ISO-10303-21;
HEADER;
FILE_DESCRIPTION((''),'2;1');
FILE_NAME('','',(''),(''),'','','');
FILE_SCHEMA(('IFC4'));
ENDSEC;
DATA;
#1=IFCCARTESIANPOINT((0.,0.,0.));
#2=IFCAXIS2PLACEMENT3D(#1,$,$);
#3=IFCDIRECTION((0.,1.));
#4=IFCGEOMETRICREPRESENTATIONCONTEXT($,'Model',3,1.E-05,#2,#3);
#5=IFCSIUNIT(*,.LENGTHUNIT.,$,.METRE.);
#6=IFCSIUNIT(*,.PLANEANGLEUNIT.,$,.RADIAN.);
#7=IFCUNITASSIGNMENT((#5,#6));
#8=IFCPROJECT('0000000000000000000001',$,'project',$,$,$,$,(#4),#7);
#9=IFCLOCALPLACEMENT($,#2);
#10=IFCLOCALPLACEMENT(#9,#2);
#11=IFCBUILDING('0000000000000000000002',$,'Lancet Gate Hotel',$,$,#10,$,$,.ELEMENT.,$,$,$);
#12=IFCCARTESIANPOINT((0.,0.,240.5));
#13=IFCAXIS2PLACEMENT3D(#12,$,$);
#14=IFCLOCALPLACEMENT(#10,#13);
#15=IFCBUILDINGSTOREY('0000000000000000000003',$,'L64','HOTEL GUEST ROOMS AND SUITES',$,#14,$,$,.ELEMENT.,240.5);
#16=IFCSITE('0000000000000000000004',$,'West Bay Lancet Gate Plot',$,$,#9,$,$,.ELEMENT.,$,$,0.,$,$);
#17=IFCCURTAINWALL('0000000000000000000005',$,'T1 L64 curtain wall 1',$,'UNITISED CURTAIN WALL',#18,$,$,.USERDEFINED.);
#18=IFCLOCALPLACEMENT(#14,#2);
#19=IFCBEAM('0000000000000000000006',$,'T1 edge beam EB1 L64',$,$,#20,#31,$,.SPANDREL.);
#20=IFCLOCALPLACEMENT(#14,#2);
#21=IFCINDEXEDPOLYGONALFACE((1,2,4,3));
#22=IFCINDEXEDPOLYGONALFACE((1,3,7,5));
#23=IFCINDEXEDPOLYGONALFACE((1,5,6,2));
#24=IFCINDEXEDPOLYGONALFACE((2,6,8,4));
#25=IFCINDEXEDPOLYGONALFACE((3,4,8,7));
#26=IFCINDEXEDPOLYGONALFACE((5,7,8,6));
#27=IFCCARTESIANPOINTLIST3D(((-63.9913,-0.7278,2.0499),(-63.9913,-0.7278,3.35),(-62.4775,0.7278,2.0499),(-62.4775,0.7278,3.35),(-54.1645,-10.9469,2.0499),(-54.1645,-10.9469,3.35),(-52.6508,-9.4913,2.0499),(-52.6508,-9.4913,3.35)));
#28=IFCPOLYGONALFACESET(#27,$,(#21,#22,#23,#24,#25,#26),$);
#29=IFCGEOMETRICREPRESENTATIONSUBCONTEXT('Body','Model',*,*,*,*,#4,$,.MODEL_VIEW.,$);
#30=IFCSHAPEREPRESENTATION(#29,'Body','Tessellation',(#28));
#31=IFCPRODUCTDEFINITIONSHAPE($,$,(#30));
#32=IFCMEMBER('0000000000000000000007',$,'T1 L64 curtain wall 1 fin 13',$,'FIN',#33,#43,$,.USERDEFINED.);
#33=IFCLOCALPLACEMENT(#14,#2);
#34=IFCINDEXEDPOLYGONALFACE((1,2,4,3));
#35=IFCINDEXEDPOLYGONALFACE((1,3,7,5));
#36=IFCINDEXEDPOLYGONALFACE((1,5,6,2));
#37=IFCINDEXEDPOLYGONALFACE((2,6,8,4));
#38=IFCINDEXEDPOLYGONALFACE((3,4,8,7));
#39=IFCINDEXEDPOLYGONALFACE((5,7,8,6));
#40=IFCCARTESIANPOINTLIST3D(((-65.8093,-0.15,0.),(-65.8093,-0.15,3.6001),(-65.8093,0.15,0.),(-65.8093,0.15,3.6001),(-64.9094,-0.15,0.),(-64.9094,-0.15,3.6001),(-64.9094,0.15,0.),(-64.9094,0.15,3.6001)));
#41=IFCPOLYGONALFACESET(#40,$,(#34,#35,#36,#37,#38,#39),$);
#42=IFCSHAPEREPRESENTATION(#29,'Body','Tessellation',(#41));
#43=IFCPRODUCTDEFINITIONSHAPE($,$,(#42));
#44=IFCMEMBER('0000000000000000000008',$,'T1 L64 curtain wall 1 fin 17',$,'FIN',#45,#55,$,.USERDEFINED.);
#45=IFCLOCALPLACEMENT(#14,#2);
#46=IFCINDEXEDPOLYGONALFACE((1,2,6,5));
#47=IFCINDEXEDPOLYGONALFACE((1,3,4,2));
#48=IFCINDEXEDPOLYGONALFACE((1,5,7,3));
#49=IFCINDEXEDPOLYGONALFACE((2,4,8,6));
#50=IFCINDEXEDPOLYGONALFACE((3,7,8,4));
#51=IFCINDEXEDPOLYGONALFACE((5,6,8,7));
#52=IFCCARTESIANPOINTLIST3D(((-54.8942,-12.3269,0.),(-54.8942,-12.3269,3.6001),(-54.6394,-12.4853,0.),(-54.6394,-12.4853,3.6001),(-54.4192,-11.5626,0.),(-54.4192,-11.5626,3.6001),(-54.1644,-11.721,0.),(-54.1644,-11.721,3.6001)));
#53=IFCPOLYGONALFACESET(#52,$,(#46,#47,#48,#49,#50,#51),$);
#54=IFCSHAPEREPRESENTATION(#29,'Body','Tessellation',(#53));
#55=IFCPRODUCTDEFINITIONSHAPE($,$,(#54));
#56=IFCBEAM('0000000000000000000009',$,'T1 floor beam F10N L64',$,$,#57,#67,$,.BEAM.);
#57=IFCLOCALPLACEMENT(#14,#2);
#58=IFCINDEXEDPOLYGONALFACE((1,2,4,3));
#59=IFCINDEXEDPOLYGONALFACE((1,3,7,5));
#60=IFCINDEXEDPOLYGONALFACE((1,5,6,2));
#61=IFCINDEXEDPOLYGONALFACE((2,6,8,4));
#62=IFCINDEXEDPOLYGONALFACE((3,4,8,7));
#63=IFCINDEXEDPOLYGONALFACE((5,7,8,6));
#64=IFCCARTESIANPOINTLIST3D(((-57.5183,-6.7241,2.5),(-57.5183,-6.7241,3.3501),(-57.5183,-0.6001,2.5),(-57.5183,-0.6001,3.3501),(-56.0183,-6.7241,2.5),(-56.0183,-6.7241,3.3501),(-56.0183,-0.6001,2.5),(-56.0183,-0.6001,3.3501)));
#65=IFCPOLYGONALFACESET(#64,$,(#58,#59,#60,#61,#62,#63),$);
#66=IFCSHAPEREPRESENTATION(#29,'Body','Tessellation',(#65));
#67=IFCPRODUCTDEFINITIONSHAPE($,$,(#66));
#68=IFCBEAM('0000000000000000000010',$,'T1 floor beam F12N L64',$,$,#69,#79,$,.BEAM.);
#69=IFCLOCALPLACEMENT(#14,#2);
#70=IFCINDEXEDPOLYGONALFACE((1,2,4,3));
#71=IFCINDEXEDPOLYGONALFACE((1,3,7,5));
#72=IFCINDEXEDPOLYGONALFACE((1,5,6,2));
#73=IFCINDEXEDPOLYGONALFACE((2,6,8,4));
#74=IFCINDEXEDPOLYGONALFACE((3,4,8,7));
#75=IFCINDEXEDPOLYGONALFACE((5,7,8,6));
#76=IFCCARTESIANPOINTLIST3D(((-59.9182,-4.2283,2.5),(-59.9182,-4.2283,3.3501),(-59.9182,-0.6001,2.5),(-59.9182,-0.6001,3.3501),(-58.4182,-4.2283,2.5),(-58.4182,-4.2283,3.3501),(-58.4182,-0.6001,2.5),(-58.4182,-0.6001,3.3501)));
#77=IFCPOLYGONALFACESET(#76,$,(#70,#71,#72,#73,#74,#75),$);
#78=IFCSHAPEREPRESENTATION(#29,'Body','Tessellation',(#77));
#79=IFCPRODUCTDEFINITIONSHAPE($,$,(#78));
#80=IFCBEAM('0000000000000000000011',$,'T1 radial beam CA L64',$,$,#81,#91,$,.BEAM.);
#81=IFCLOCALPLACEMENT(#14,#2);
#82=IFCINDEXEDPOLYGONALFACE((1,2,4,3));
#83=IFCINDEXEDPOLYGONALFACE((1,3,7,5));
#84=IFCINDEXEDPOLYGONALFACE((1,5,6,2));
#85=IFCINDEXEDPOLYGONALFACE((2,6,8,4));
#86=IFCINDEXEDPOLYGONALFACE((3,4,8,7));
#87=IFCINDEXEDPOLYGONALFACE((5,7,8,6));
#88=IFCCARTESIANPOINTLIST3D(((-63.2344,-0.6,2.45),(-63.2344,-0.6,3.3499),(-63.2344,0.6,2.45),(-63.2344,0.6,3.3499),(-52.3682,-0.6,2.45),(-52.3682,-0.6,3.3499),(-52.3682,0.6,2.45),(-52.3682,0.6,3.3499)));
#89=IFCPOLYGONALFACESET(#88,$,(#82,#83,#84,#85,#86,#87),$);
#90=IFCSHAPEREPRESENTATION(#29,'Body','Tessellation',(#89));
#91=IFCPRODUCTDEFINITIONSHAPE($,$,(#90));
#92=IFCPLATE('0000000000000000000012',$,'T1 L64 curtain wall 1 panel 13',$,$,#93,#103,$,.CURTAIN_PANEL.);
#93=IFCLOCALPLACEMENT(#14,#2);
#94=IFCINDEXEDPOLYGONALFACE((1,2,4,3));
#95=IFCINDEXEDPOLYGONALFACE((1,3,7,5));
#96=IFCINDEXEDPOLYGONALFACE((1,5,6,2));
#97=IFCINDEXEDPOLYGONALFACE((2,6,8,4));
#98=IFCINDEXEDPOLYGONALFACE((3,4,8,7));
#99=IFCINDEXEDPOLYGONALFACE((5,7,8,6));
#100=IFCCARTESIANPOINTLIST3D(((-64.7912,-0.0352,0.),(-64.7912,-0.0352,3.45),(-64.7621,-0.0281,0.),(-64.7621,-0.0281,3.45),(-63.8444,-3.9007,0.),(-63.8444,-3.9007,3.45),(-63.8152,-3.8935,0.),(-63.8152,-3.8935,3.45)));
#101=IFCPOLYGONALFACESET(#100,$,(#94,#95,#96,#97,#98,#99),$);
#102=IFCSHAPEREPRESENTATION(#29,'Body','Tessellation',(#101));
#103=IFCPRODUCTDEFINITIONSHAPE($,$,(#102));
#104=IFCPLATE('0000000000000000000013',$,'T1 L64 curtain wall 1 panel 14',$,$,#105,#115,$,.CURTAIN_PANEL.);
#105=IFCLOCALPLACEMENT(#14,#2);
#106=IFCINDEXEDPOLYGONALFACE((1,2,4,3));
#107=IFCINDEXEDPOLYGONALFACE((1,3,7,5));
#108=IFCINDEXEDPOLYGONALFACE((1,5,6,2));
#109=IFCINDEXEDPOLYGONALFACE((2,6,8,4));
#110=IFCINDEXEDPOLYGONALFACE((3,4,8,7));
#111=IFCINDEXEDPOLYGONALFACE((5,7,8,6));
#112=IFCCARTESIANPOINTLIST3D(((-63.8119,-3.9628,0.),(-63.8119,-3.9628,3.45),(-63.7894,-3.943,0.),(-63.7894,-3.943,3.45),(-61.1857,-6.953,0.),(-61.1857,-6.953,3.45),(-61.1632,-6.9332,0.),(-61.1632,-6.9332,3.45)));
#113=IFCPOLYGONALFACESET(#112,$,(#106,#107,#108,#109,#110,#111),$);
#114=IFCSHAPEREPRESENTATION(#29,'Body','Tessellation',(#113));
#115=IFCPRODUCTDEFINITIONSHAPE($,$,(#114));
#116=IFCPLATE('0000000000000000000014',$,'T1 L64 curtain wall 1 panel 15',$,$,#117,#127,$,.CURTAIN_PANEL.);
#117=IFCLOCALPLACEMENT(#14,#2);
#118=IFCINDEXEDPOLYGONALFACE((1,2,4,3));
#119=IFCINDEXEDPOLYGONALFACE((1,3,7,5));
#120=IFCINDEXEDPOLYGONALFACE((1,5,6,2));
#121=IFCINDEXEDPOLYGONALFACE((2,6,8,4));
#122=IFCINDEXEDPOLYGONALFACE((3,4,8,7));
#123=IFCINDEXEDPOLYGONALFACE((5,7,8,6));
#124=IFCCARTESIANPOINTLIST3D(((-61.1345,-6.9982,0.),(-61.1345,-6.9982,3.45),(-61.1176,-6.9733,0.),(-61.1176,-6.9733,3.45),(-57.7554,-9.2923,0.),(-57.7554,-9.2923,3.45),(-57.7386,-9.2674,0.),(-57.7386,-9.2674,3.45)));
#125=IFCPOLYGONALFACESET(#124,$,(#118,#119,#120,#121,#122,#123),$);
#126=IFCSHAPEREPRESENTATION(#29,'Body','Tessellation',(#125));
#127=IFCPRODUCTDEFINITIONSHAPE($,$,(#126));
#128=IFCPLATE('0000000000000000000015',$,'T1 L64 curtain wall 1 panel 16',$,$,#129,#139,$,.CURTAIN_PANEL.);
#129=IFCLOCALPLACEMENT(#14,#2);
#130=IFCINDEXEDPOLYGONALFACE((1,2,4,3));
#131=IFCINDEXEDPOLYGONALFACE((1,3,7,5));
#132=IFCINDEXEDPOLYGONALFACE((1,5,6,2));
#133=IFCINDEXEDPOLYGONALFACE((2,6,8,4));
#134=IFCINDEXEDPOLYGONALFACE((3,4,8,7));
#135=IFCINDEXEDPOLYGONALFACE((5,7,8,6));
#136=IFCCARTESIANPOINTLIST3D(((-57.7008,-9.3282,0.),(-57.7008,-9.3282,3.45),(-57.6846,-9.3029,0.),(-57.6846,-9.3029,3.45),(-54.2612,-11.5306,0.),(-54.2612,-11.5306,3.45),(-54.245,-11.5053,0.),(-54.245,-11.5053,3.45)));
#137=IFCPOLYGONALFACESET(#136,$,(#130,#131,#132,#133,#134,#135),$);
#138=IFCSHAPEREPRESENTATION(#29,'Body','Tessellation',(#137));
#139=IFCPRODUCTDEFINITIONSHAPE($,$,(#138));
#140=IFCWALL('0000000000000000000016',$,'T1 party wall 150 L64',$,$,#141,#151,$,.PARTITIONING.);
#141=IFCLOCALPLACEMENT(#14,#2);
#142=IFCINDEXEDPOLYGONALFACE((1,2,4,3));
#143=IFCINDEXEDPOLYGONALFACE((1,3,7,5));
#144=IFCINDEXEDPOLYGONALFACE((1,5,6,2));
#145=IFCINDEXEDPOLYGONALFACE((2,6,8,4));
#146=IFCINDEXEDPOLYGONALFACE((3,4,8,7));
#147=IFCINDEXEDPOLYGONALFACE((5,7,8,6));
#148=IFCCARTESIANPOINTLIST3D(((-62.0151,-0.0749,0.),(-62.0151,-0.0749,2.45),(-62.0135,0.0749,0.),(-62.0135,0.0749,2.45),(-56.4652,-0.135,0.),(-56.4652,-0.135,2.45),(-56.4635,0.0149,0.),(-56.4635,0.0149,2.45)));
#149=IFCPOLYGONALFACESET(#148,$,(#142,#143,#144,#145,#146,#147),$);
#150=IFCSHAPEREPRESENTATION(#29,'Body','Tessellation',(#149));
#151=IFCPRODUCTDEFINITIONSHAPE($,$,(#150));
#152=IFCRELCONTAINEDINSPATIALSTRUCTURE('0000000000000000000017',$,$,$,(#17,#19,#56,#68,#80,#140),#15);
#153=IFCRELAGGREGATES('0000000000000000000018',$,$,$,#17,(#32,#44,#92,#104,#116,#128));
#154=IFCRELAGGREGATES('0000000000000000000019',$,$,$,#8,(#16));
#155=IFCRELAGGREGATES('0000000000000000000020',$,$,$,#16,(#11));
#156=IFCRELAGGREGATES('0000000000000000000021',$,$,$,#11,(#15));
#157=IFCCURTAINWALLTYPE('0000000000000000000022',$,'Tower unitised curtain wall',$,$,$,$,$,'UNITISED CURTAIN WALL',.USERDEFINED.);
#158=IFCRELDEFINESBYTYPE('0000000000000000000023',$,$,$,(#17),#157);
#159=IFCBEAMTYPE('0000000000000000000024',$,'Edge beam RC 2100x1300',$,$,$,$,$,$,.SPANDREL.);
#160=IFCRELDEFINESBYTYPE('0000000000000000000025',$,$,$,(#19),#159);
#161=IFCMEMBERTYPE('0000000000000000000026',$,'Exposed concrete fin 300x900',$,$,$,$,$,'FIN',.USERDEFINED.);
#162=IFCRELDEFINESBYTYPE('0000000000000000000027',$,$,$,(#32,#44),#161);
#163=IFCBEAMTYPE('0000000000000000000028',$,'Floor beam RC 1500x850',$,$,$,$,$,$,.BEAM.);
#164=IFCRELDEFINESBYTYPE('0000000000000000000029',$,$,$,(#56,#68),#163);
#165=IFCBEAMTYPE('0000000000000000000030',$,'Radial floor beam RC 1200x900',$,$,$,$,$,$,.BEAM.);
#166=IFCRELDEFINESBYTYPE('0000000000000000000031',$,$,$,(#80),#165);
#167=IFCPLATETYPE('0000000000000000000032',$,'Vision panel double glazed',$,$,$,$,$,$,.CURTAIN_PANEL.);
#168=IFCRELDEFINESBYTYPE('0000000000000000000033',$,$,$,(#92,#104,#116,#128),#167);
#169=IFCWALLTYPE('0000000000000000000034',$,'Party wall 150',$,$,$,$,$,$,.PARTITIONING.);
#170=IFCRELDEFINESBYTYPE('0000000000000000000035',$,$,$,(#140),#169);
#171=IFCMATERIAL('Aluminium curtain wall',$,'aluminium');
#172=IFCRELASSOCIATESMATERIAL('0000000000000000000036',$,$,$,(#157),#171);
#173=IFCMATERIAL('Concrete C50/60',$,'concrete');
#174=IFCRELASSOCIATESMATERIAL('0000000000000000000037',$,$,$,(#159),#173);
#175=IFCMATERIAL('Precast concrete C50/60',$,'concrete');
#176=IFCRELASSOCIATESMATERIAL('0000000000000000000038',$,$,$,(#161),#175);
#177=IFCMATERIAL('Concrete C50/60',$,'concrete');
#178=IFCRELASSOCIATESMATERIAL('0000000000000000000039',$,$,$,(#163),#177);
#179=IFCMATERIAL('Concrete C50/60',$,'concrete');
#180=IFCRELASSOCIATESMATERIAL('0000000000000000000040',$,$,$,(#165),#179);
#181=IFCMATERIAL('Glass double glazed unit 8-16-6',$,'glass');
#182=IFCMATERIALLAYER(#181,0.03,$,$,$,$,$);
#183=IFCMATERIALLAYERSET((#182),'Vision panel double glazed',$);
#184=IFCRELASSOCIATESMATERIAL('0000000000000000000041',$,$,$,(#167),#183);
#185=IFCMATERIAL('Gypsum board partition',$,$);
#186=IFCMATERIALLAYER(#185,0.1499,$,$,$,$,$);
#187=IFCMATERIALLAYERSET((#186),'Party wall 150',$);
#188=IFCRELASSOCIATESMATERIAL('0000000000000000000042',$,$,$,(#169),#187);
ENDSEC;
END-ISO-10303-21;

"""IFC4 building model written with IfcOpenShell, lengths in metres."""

from ifc_helpers import new_model, si_unit, direction, frame, frame_2d, origin, origin_2d, place, context, subcontext, project, spatial, rectangle, extrude, material, layer, layer_set, material_profile, profile_set, type_object, element, aggregate, save


model = new_model("IFC4")

# Units and contexts
model_context = context("Model", 3, precision=1e-05, world=origin(), true_north=direction((0.0, 1.0)))
body_context = subcontext(model_context, "Body", "Model", "MODEL_VIEW")
ifc_project = project(units=[si_unit("LENGTHUNIT", "METRE"), si_unit("PLANEANGLEUNIT", "RADIAN")], contexts=[model_context])

# Site, building, storey
site_placement = place(None, origin())
site = spatial("IfcSite", under=ifc_project, at=site_placement, Name="West Bay Lancet Gate Plot", CompositionType="ELEMENT", RefElevation=0.0)
building_placement = place(site_placement, origin())
building = spatial("IfcBuilding", under=site, at=building_placement, Name="Lancet Gate Hotel", CompositionType="ELEMENT")
storey_placement = place(building_placement, frame((0.0, 0.0, 240.5)))
storey = spatial("IfcBuildingStorey", under=building, at=storey_placement, Name="L64", Description="HOTEL GUEST ROOMS AND SUITES", CompositionType="ELEMENT", Elevation=240.5)

# Curtain wall
ifc_material_1 = material(Name="Aluminium curtain wall", Category="aluminium")
curtain_wall_type = type_object("IfcCurtainWallType", Name="Tower unitised curtain wall", ElementType="UNITISED CURTAIN WALL", PredefinedType="USERDEFINED", material=ifc_material_1)
curtain_wall_placement = place(storey_placement, origin())
curtain_wall = element("IfcCurtainWall", 1, at=curtain_wall_placement, inside=storey, type_object=curtain_wall_type, Name="T1 L64 curtain wall 1", ObjectType="UNITISED CURTAIN WALL", PredefinedType="USERDEFINED")

# Beam
ifc_material_2 = material(Name="Concrete C50/60", Category="concrete")
ifc_material_profile_1 = material_profile(ifc_material_2, rectangle(XDim=2.1001, YDim=1.3, at=origin_2d()), Name="RC 2100x1300")
ifc_profile_set_1 = profile_set([ifc_material_profile_1], Name="Concrete C50/60")
beam_type_1 = type_object("IfcBeamType", Name="Edge beam RC 2100x1300", PredefinedType="SPANDREL", material=ifc_profile_set_1)
beam_1_placement = place(storey_placement, frame((-63.2344, 0.0, 2.7), z_axis=(0.693135, -0.720808, 0.0), x_axis=(0.720808, 0.693135, 0.0)))
element("IfcBeam", 2, at=beam_1_placement, inside=storey, type_object=beam_type_1, Name="T1 edge beam EB1 L64", PredefinedType="SPANDREL", context=body_context, shape_type="SweptSolid", body=[
    extrude(rectangle(XDim=2.1001, YDim=1.3, at=origin_2d()), origin(), (0.0, 0.0, 1.0), 14.1772),
])

# Members
ifc_material_3 = material(Name="Precast concrete C50/60", Category="concrete")
ifc_material_profile_2 = material_profile(ifc_material_3, rectangle(XDim=0.3, YDim=0.8999, at=origin_2d()), Name="FIN 300x900")
ifc_profile_set_2 = profile_set([ifc_material_profile_2], Name="Precast concrete C50/60")
member_type_1 = type_object("IfcMemberType", Name="Exposed concrete fin 300x900", ElementType="FIN", PredefinedType="USERDEFINED", material=ifc_profile_set_2)
member_1_placement = place(storey_placement, frame((-65.3594, 0.0, 0.0), z_axis=(0.0, 0.0, 1.0), x_axis=(0.0, -1.0, 0.0)))
member_1 = element("IfcMember", 3, at=member_1_placement, type_object=member_type_1, Name="T1 L64 curtain wall 1 fin 13", ObjectType="FIN", PredefinedType="USERDEFINED", context=body_context, shape_type="SweptSolid", body=[
    extrude(rectangle(XDim=0.3, YDim=0.8999, at=origin_2d()), origin(), (0.0, 0.0, 1.0), 3.6001),
])
member_2_placement = place(storey_placement, frame((-54.5293, -12.0239, 0.0), z_axis=(0.0, 0.0, 1.0), x_axis=(0.849342, -0.527842, 0.0)))
member_2 = element("IfcMember", 4, at=member_2_placement, type_object=member_type_1, Name="T1 L64 curtain wall 1 fin 17", ObjectType="FIN", PredefinedType="USERDEFINED", context=body_context, shape_type="SweptSolid", body=[
    extrude(rectangle(XDim=0.3, YDim=0.8999, at=origin_2d()), origin(), (0.0, 0.0, 1.0), 3.6001),
])

# Beams
ifc_material_4 = material(Name="Concrete C50/60", Category="concrete")
ifc_material_profile_3 = material_profile(ifc_material_4, rectangle(XDim=1.5, YDim=0.8501, at=origin_2d()), Name="RC 1500x850")
ifc_profile_set_3 = profile_set([ifc_material_profile_3], Name="Concrete C50/60")
beam_type_2 = type_object("IfcBeamType", Name="Floor beam RC 1500x850", PredefinedType="BEAM", material=ifc_profile_set_3)
beam_2_placement = place(storey_placement, frame((-56.7683, -0.6001, 2.925), z_axis=(0.0, -1.0, 0.0), x_axis=(1.0, 0.0, 0.0)))
element("IfcBeam", 5, at=beam_2_placement, inside=storey, type_object=beam_type_2, Name="T1 floor beam F10N L64", PredefinedType="BEAM", context=body_context, shape_type="SweptSolid", body=[
    extrude(rectangle(XDim=1.5, YDim=0.8501, at=origin_2d()), origin(), (0.0, 0.0, 1.0), 6.124),
])
beam_3_placement = place(storey_placement, frame((-59.1682, -0.6001, 2.925), z_axis=(0.0, -1.0, 0.0), x_axis=(1.0, 0.0, 0.0)))
element("IfcBeam", 6, at=beam_3_placement, inside=storey, type_object=beam_type_2, Name="T1 floor beam F12N L64", PredefinedType="BEAM", context=body_context, shape_type="SweptSolid", body=[
    extrude(rectangle(XDim=1.5, YDim=0.8501, at=origin_2d()), origin(), (0.0, 0.0, 1.0), 3.6282),
])
ifc_material_5 = material(Name="Concrete C50/60", Category="concrete")
ifc_material_profile_4 = material_profile(ifc_material_5, rectangle(XDim=1.2, YDim=0.8999, at=origin_2d()), Name="RC 1200x900")
ifc_profile_set_4 = profile_set([ifc_material_profile_4], Name="Concrete C50/60")
beam_type_3 = type_object("IfcBeamType", Name="Radial floor beam RC 1200x900", PredefinedType="BEAM", material=ifc_profile_set_4)
beam_4_placement = place(storey_placement, frame((-63.2344, 0.0, 2.8999), z_axis=(1.0, 0.0, 0.0), x_axis=(0.0, 1.0, 0.0)))
element("IfcBeam", 7, at=beam_4_placement, inside=storey, type_object=beam_type_3, Name="T1 radial beam CA L64", PredefinedType="BEAM", context=body_context, shape_type="SweptSolid", body=[
    extrude(rectangle(XDim=1.2, YDim=0.8999, at=origin_2d()), origin(), (0.0, 0.0, 1.0), 10.8662),
])

# Plates
ifc_material_6 = material(Name="Glass double glazed unit 8-16-6", Category="glass")
ifc_layer_1 = layer(ifc_material_6, 0.03)
ifc_layer_set_1 = layer_set([ifc_layer_1], Name="Vision panel double glazed")
plate_type = type_object("IfcPlateType", Name="Vision panel double glazed", PredefinedType="CURTAIN_PANEL", material=ifc_layer_set_1)
plate_1_placement = place(storey_placement, frame((-64.3032, -1.9644, 0.0), z_axis=(0.0, 0.0, 1.0), x_axis=(0.237921, -0.971285, 0.0)))
plate_1 = element("IfcPlate", 8, at=plate_1_placement, type_object=plate_type, Name="T1 L64 curtain wall 1 panel 13", PredefinedType="CURTAIN_PANEL", context=body_context, shape_type="SweptSolid", body=[
    extrude(rectangle(XDim=3.9797, YDim=0.03, at=origin_2d()), origin(), (0.0, 0.0, 1.0), 3.45),
])
plate_2_placement = place(storey_placement, frame((-62.4875, -5.448, 0.0), z_axis=(0.0, 0.0, 1.0), x_axis=(0.659892, -0.751361, 0.0)))
plate_2 = element("IfcPlate", 9, at=plate_2_placement, type_object=plate_type, Name="T1 L64 curtain wall 1 panel 14", PredefinedType="CURTAIN_PANEL", context=body_context, shape_type="SweptSolid", body=[
    extrude(rectangle(XDim=3.9797, YDim=0.03, at=origin_2d()), origin(), (0.0, 0.0, 1.0), 3.45),
])
plate_3_placement = place(storey_placement, frame((-59.4365, -8.1328, 0.0), z_axis=(0.0, 0.0, 1.0), x_axis=(0.827342, -0.561698, 0.0)))
plate_3 = element("IfcPlate", 10, at=plate_3_placement, type_object=plate_type, Name="T1 L64 curtain wall 1 panel 15", PredefinedType="CURTAIN_PANEL", context=body_context, shape_type="SweptSolid", body=[
    extrude(rectangle(XDim=4.0842, YDim=0.03, at=origin_2d()), origin(), (0.0, 0.0, 1.0), 3.45),
])
plate_4_placement = place(storey_placement, frame((-55.9729, -10.4167, 0.0), z_axis=(0.0, 0.0, 1.0), x_axis=(0.842161, -0.539226, 0.0)))
plate_4 = element("IfcPlate", 11, at=plate_4_placement, type_object=plate_type, Name="T1 L64 curtain wall 1 panel 16", PredefinedType="CURTAIN_PANEL", context=body_context, shape_type="SweptSolid", body=[
    extrude(rectangle(XDim=4.0842, YDim=0.03, at=origin_2d()), origin(), (0.0, 0.0, 1.0), 3.45),
])
aggregate(curtain_wall, [member_1, member_2, plate_1, plate_2, plate_3, plate_4])

# Wall
ifc_material_7 = material(Name="Gypsum board partition")
ifc_layer_2 = layer(ifc_material_7, 0.1499)
ifc_layer_set_2 = layer_set([ifc_layer_2], Name="Party wall 150")
wall_type = type_object("IfcWallType", Name="Party wall 150", PredefinedType="PARTITIONING", material=ifc_layer_set_2)
wall_placement = place(storey_placement, frame((-56.4644, -0.0601, 0.0), z_axis=(0.0, 0.0, 1.0), x_axis=(-0.999941, 0.010821, 0.0)))
element("IfcWall", 12, at=wall_placement, inside=storey, type_object=wall_type, Name="T1 party wall 150 L64", PredefinedType="PARTITIONING", context=body_context, shape_type="SweptSolid", body=[
    extrude(rectangle(XDim=5.5503, YDim=0.1499, at=frame_2d((2.7751, 0.0))), origin(), (0.0, 0.0, 1.0), 2.45),
])

save(model, "model.ifc")
